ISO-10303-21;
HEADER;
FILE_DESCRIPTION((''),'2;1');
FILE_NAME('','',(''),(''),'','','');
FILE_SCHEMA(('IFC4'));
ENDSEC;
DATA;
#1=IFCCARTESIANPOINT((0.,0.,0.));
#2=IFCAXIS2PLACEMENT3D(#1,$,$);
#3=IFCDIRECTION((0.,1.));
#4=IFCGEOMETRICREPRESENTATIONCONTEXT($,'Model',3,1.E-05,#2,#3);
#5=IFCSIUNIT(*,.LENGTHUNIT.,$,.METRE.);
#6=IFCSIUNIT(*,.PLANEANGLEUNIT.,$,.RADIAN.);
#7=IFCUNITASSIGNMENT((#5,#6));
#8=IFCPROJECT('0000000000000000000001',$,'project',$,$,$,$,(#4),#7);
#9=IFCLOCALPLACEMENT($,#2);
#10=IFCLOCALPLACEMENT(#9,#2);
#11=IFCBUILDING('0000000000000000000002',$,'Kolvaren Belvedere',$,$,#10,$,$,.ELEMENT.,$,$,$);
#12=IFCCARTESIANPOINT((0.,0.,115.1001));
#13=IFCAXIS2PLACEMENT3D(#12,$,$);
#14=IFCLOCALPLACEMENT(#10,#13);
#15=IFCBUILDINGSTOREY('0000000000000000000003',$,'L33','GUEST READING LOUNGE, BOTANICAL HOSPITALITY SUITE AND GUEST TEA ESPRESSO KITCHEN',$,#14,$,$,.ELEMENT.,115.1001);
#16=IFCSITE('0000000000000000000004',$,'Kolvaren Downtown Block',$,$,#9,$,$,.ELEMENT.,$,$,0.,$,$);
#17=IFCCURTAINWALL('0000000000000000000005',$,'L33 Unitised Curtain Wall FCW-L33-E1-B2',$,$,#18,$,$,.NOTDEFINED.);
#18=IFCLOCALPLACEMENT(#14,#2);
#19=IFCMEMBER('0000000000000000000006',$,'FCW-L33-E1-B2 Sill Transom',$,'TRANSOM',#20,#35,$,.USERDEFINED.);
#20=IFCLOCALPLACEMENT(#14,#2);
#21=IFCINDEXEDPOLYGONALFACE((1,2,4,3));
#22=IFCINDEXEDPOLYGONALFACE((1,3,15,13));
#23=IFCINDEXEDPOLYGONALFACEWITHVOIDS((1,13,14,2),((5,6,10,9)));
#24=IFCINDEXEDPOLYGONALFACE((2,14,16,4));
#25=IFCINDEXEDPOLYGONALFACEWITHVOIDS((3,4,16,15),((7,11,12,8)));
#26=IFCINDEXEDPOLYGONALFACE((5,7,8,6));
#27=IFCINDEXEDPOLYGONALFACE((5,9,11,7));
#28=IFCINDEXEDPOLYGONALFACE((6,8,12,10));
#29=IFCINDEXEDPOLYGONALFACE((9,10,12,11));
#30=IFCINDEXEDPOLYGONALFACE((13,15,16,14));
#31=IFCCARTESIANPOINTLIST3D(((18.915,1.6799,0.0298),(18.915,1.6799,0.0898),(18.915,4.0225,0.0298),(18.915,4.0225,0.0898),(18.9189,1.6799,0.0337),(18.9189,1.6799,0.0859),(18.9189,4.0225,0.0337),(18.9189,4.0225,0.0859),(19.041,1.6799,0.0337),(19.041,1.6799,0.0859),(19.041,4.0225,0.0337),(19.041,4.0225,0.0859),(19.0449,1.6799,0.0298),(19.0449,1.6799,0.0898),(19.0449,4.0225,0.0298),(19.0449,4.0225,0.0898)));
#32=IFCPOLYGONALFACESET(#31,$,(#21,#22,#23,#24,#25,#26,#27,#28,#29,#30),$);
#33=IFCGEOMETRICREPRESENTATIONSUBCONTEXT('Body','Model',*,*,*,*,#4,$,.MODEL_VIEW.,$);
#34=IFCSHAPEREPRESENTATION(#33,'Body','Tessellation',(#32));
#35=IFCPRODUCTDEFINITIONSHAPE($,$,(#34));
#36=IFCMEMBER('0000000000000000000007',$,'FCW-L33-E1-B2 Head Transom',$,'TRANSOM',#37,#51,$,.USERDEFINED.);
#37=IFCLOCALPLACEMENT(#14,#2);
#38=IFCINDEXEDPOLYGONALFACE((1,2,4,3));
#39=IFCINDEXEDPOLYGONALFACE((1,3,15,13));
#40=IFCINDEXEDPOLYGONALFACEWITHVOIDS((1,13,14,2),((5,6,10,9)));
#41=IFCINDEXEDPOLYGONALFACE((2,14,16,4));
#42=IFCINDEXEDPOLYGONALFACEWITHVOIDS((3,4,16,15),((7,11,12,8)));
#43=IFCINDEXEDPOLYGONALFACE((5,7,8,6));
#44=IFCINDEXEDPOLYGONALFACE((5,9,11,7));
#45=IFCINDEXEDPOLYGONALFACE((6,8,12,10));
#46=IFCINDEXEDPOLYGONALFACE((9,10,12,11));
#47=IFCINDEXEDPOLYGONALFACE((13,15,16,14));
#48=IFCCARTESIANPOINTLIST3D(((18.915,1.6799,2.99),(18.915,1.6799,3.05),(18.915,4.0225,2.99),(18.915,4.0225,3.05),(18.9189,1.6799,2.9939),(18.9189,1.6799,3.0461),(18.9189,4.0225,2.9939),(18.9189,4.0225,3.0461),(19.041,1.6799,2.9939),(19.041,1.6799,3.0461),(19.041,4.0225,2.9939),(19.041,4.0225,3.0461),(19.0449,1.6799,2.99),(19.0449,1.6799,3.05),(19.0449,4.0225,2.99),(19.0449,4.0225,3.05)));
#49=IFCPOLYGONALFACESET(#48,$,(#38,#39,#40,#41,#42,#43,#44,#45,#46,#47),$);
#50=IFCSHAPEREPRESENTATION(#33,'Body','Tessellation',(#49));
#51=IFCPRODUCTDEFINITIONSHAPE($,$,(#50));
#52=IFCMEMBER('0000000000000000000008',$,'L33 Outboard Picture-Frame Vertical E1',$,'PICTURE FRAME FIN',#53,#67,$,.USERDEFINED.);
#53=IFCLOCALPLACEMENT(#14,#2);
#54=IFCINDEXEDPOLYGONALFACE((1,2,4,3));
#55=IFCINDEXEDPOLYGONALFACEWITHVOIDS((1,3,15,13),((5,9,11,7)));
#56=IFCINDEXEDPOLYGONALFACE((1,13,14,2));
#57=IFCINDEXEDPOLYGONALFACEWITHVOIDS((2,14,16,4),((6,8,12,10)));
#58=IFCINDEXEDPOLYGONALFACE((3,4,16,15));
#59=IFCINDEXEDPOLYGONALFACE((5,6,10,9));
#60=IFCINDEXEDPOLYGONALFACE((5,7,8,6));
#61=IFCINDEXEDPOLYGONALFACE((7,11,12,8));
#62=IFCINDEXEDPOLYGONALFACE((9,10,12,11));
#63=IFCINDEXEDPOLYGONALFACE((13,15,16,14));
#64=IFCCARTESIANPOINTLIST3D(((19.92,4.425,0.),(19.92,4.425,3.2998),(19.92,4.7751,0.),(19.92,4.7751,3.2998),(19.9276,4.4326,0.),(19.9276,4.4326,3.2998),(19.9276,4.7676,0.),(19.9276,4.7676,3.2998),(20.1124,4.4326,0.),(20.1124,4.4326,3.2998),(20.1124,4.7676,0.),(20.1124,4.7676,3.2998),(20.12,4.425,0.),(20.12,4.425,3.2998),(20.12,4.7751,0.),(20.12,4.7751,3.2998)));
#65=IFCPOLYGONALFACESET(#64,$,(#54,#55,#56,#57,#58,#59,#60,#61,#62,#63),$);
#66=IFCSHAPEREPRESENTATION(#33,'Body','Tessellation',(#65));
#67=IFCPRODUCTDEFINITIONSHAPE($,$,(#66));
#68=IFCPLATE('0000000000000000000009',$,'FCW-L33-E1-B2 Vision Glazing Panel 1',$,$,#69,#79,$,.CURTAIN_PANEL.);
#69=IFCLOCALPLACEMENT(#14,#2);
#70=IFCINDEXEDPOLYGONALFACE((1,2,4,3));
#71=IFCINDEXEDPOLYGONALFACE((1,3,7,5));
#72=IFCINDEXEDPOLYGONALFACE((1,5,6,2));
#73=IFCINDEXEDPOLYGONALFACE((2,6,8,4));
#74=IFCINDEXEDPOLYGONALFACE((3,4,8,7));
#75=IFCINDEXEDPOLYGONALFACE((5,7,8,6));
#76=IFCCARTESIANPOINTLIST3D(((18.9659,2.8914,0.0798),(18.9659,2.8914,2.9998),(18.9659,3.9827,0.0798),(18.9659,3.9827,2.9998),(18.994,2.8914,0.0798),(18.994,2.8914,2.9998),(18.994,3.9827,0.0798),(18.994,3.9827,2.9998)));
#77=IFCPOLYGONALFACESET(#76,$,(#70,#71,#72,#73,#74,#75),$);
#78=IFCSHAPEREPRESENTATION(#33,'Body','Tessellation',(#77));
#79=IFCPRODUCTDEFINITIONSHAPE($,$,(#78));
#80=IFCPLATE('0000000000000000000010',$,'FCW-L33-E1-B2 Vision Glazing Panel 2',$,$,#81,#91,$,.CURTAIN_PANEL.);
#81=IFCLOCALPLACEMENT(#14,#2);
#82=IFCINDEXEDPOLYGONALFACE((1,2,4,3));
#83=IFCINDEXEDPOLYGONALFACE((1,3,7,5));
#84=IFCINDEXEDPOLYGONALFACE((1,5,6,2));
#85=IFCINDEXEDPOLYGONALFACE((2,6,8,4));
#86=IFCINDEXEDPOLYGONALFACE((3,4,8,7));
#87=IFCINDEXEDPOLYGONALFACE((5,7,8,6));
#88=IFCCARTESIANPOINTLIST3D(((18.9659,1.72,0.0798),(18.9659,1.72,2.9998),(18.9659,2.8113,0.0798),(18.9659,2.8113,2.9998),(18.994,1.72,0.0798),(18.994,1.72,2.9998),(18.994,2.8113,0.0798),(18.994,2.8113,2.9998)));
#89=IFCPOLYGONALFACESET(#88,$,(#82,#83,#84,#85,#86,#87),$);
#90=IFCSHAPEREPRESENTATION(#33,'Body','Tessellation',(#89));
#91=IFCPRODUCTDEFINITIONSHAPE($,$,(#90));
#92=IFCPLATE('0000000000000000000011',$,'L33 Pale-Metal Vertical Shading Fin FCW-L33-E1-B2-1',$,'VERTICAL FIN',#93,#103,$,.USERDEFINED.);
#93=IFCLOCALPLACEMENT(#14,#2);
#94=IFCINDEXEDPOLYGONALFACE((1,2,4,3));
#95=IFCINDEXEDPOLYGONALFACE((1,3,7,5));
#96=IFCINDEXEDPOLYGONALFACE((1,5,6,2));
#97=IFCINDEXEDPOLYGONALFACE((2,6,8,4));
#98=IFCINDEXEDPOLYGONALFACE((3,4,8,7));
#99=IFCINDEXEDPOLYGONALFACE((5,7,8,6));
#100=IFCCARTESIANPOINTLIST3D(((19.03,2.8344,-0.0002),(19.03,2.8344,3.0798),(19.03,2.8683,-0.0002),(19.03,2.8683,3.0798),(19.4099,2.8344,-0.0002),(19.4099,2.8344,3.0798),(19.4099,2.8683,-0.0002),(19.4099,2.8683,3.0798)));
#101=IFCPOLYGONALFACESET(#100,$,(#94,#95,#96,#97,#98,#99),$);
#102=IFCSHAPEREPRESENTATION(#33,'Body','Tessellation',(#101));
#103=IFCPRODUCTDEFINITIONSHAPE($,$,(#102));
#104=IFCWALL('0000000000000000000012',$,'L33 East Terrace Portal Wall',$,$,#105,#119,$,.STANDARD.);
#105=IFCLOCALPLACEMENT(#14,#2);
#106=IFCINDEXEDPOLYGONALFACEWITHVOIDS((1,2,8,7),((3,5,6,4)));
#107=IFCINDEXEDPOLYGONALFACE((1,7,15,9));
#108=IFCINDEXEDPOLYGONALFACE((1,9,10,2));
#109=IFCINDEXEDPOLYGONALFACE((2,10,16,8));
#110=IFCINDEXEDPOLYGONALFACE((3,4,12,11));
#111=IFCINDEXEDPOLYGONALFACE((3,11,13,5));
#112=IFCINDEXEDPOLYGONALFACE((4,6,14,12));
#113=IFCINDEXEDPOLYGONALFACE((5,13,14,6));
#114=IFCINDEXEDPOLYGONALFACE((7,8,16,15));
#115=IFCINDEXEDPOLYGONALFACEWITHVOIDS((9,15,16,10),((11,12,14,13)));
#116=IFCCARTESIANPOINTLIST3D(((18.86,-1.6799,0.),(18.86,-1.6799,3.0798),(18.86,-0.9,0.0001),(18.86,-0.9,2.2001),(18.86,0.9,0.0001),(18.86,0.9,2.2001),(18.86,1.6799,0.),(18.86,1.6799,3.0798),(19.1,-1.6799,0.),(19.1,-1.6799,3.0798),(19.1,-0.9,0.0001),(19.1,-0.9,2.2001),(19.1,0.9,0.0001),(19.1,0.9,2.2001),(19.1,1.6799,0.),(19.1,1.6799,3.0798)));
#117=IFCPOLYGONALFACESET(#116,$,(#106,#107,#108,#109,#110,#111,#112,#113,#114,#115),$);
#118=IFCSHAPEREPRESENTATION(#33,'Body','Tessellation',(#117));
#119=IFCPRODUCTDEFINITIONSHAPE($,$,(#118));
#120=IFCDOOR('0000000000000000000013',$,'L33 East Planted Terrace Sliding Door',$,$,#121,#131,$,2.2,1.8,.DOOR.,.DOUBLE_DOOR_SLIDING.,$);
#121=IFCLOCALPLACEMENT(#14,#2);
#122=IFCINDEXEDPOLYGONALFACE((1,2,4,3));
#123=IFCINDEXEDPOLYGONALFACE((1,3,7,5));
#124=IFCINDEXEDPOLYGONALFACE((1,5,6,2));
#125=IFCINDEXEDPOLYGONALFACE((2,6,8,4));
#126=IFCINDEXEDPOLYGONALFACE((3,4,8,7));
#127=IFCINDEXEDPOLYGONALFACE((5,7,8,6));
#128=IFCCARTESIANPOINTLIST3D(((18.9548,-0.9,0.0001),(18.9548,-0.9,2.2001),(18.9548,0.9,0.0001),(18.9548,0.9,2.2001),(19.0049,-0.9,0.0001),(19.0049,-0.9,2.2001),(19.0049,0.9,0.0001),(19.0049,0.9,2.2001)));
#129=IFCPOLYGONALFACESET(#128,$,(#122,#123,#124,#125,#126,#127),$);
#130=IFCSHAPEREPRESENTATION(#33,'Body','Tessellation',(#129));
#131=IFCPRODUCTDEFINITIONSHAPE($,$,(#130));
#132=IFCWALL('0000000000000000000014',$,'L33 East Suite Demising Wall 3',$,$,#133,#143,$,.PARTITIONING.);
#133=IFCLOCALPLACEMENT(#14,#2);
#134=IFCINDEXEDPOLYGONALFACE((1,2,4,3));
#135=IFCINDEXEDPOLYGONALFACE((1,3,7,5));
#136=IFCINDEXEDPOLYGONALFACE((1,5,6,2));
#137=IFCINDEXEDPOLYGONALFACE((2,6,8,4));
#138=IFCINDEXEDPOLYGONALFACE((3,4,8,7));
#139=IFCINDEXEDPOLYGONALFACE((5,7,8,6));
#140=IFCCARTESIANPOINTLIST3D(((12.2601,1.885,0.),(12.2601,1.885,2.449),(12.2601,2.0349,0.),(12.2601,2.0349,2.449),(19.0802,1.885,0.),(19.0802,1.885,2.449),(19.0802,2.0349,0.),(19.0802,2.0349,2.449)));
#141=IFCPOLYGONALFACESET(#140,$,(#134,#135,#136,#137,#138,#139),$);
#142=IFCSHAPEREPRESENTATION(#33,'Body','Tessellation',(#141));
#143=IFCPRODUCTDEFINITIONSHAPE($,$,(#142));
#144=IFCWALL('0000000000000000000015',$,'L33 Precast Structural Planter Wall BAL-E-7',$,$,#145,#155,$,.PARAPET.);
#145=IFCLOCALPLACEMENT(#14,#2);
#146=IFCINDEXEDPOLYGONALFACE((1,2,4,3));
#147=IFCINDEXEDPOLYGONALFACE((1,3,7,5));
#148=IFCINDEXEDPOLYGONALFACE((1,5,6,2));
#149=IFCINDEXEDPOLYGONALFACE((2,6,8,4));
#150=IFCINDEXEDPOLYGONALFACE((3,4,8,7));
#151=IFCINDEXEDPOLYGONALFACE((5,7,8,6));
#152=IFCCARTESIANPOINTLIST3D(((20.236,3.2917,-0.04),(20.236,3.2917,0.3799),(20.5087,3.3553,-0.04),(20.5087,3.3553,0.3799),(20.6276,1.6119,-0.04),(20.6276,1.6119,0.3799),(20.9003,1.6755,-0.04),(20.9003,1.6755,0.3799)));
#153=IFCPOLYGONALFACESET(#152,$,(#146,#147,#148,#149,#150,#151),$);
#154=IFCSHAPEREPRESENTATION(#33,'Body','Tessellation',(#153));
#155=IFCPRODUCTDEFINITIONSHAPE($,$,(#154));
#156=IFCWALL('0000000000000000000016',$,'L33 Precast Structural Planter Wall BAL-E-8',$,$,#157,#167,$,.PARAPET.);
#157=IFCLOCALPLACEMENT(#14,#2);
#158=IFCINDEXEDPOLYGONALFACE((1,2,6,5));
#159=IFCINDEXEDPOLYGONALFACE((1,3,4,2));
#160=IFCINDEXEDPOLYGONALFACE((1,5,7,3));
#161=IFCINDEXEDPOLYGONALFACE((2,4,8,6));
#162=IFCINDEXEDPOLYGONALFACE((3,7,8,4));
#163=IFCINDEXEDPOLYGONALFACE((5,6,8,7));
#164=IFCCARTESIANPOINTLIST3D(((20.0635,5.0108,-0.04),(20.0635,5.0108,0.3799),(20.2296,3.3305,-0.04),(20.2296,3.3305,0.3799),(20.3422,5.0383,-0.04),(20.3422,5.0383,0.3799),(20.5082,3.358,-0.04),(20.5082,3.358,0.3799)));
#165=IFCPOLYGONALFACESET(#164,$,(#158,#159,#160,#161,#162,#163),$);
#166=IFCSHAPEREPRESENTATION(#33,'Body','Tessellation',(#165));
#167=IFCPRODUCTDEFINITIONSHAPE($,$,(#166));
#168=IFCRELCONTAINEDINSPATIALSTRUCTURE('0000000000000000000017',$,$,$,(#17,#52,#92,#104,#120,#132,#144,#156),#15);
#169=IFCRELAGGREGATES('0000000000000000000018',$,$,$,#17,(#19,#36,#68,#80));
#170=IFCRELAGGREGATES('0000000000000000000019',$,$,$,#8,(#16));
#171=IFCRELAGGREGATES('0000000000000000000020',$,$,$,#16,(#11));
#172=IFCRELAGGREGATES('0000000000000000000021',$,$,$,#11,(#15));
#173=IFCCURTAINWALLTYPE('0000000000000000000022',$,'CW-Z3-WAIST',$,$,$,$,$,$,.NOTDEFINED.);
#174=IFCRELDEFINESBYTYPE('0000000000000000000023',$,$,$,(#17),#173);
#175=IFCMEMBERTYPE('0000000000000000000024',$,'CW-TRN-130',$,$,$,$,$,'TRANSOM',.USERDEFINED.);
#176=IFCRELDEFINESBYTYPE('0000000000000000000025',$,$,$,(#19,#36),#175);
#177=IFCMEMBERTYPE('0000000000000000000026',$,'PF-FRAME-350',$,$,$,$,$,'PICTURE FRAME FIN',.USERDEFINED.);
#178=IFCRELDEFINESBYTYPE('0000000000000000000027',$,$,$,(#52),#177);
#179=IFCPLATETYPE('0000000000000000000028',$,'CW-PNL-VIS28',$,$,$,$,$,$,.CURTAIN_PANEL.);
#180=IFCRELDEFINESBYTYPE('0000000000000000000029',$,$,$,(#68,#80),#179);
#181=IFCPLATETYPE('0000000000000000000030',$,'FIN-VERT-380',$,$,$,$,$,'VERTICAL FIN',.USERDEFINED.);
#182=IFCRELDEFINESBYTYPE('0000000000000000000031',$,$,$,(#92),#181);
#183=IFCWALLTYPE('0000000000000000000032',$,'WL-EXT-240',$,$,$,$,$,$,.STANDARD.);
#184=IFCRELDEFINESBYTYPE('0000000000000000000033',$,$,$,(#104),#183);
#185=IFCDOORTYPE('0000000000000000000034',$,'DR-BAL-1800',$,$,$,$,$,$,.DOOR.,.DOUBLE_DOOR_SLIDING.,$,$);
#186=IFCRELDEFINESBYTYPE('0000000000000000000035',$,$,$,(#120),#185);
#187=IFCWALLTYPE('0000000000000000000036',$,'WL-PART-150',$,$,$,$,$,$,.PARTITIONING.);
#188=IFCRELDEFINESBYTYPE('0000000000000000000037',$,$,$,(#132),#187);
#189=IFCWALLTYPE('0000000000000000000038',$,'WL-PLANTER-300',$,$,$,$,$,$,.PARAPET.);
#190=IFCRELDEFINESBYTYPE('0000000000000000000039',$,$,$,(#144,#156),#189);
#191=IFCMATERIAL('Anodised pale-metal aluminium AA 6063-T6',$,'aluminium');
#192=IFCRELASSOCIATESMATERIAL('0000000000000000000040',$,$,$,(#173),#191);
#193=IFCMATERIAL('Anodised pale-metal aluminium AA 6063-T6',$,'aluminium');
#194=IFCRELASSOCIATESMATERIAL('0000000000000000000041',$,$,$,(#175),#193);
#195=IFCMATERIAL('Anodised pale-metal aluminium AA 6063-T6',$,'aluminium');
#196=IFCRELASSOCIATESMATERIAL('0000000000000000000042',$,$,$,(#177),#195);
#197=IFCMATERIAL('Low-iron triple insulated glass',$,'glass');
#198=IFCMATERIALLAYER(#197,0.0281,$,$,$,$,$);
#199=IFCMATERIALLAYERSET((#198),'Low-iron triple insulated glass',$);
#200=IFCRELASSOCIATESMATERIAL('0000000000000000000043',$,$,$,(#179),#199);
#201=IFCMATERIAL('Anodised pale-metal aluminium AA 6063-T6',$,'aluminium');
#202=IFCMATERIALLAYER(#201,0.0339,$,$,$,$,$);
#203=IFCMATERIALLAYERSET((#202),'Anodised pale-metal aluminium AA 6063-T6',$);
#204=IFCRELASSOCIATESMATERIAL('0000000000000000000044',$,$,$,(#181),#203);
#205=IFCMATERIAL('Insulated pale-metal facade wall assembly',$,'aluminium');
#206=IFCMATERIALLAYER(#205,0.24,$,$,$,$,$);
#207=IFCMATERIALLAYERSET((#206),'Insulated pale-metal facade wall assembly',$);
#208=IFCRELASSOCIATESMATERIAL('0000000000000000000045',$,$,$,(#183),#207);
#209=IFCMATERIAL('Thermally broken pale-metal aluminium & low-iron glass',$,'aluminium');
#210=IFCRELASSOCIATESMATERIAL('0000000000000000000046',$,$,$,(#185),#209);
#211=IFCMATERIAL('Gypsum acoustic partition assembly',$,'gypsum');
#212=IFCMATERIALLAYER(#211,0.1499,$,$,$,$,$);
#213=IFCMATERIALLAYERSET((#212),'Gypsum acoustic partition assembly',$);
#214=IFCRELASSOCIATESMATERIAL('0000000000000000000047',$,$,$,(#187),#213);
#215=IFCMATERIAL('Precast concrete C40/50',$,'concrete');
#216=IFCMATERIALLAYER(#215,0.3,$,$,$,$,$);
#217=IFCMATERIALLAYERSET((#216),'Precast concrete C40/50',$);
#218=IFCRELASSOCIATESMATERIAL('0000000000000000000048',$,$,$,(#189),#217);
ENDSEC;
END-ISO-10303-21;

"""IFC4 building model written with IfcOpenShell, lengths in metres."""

from ifc_helpers import new_model, si_unit, direction, frame, frame_2d, origin, origin_2d, place, context, subcontext, project, spatial, rectangle, hollow_rectangle, extrude, material, layer, layer_set, material_profile, profile_set, type_object, element, fill, aggregate, save


model = new_model("IFC4")

# Units and contexts
model_context = context("Model", 3, precision=1e-05, world=origin(), true_north=direction((0.0, 1.0)))
body_context = subcontext(model_context, "Body", "Model", "MODEL_VIEW")
ifc_project = project(units=[si_unit("LENGTHUNIT", "METRE"), si_unit("PLANEANGLEUNIT", "RADIAN")], contexts=[model_context])

# Site, building, storey
site_placement = place(None, origin())
site = spatial("IfcSite", under=ifc_project, at=site_placement, Name="Kolvaren Downtown Block", CompositionType="ELEMENT", RefElevation=0.0)
building_placement = place(site_placement, origin())
building = spatial("IfcBuilding", under=site, at=building_placement, Name="Kolvaren Belvedere", CompositionType="ELEMENT")
storey_placement = place(building_placement, frame((0.0, 0.0, 115.1001)))
storey = spatial("IfcBuildingStorey", under=building, at=storey_placement, Name="L33", Description="GUEST READING LOUNGE, BOTANICAL HOSPITALITY SUITE AND GUEST TEA ESPRESSO KITCHEN", CompositionType="ELEMENT", Elevation=115.1001)

# Shared definitions
ifc_material_1 = material(Name="Anodised pale-metal aluminium AA 6063-T6", Category="aluminium")
curtain_wall_type = type_object("IfcCurtainWallType", Name="CW-Z3-WAIST", PredefinedType="NOTDEFINED", material=ifc_material_1)

# Curtain wall, members
curtain_wall_1_placement = place(storey_placement, origin())
curtain_wall_1 = element("IfcCurtainWall", 1, at=curtain_wall_1_placement, inside=storey, type_object=curtain_wall_type, Name="L33 Unitised Curtain Wall FCW-L33-E1-B2", PredefinedType="NOTDEFINED")
ifc_material_2 = material(Name="Anodised pale-metal aluminium AA 6063-T6", Category="aluminium")
ifc_material_profile_1 = material_profile(ifc_material_2, hollow_rectangle(XDim=0.0601, YDim=0.1299, WallThickness=0.0039, at=origin_2d()), Name="ALU-TRN-130X60")
ifc_profile_set_1 = profile_set([ifc_material_profile_1], Name="Anodised pale-metal aluminium AA 6063-T6")
member_type_1 = type_object("IfcMemberType", Name="CW-TRN-130", ElementType="TRANSOM", PredefinedType="USERDEFINED", material=ifc_profile_set_1)
member_1_placement = place(storey_placement, frame((18.98, 4.0225, 0.0598), z_axis=(0.0, -1.0, 0.0), x_axis=(0.0, 0.0, 1.0)))
member_1 = element("IfcMember", 2, at=member_1_placement, type_object=member_type_1, Name="FCW-L33-E1-B2 Sill Transom", ObjectType="TRANSOM", PredefinedType="USERDEFINED", context=body_context, shape_type="SweptSolid", body=[
    extrude(hollow_rectangle(XDim=0.0601, YDim=0.1299, WallThickness=0.0039, at=origin_2d()), origin(), (0.0, 0.0, 1.0), 2.3425),
])
member_2_placement = place(storey_placement, frame((18.98, 4.0225, 3.02), z_axis=(0.0, -1.0, 0.0), x_axis=(0.0, 0.0, 1.0)))
member_2 = element("IfcMember", 3, at=member_2_placement, type_object=member_type_1, Name="FCW-L33-E1-B2 Head Transom", ObjectType="TRANSOM", PredefinedType="USERDEFINED", context=body_context, shape_type="SweptSolid", body=[
    extrude(hollow_rectangle(XDim=0.0601, YDim=0.1299, WallThickness=0.0039, at=origin_2d()), origin(), (0.0, 0.0, 1.0), 2.3425),
])

# Member
ifc_material_3 = material(Name="Anodised pale-metal aluminium AA 6063-T6", Category="aluminium")
ifc_material_profile_2 = material_profile(ifc_material_3, hollow_rectangle(XDim=0.2, YDim=0.3501, WallThickness=0.0076, at=origin_2d()), Name="ALU-PF-350X200")
ifc_profile_set_2 = profile_set([ifc_material_profile_2], Name="Anodised pale-metal aluminium AA 6063-T6")
member_type_2 = type_object("IfcMemberType", Name="PF-FRAME-350", ElementType="PICTURE FRAME FIN", PredefinedType="USERDEFINED", material=ifc_profile_set_2)
member_3_placement = place(storey_placement, frame((20.02, 4.6001, 0.0), z_axis=(0.0, 0.0, 1.0), x_axis=(1.0, 0.0, 0.0)))
element("IfcMember", 4, at=member_3_placement, inside=storey, type_object=member_type_2, Name="L33 Outboard Picture-Frame Vertical E1", ObjectType="PICTURE FRAME FIN", PredefinedType="USERDEFINED", context=body_context, shape_type="SweptSolid", body=[
    extrude(hollow_rectangle(XDim=0.2, YDim=0.3501, WallThickness=0.0076, at=origin_2d()), origin(), (0.0, 0.0, 1.0), 3.2998),
])

# Plates
ifc_material_4 = material(Name="Low-iron triple insulated glass", Category="glass")
ifc_layer_1 = layer(ifc_material_4, 0.0281)
ifc_layer_set_1 = layer_set([ifc_layer_1], Name="Low-iron triple insulated glass")
plate_type_1 = type_object("IfcPlateType", Name="CW-PNL-VIS28", PredefinedType="CURTAIN_PANEL", material=ifc_layer_set_1)
plate_1_placement = place(storey_placement, frame((18.98, 3.437, 0.0798), z_axis=(0.0, 0.0, 1.0), x_axis=(0.0, -1.0, 0.0)))
plate_1 = element("IfcPlate", 5, at=plate_1_placement, type_object=plate_type_1, Name="FCW-L33-E1-B2 Vision Glazing Panel 1", PredefinedType="CURTAIN_PANEL", context=body_context, shape_type="SweptSolid", body=[
    extrude(rectangle(XDim=1.0913, YDim=0.0281, at=origin_2d()), origin(), (0.0, 0.0, 1.0), 2.9199),
])
plate_2_placement = place(storey_placement, frame((18.98, 2.2656, 0.0798), z_axis=(0.0, 0.0, 1.0), x_axis=(0.0, -1.0, 0.0)))
plate_2 = element("IfcPlate", 6, at=plate_2_placement, type_object=plate_type_1, Name="FCW-L33-E1-B2 Vision Glazing Panel 2", PredefinedType="CURTAIN_PANEL", context=body_context, shape_type="SweptSolid", body=[
    extrude(rectangle(XDim=1.0913, YDim=0.0281, at=origin_2d()), origin(), (0.0, 0.0, 1.0), 2.9199),
])
aggregate(curtain_wall_1, [member_1, member_2, plate_1, plate_2])
ifc_material_5 = material(Name="Anodised pale-metal aluminium AA 6063-T6", Category="aluminium")
ifc_layer_2 = layer(ifc_material_5, 0.0339)
ifc_layer_set_2 = layer_set([ifc_layer_2], Name="Anodised pale-metal aluminium AA 6063-T6")
plate_type_2 = type_object("IfcPlateType", Name="FIN-VERT-380", ElementType="VERTICAL FIN", PredefinedType="USERDEFINED", material=ifc_layer_set_2)
plate_3_placement = place(storey_placement, frame((19.22, 2.8513, -0.0002), z_axis=(0.0, 0.0, 1.0), x_axis=(1.0, 0.0, 0.0)))
element("IfcPlate", 7, at=plate_3_placement, inside=storey, type_object=plate_type_2, Name="L33 Pale-Metal Vertical Shading Fin FCW-L33-E1-B2-1", ObjectType="VERTICAL FIN", PredefinedType="USERDEFINED", context=body_context, shape_type="SweptSolid", body=[
    extrude(rectangle(XDim=0.3799, YDim=0.0339, at=origin_2d()), origin(), (0.0, 0.0, 1.0), 3.0801),
])

# Wall, opening, door
ifc_material_6 = material(Name="Insulated pale-metal facade wall assembly", Category="aluminium")
ifc_layer_3 = layer(ifc_material_6, 0.24)
ifc_layer_set_3 = layer_set([ifc_layer_3], Name="Insulated pale-metal facade wall assembly")
wall_type_1 = type_object("IfcWallType", Name="WL-EXT-240", PredefinedType="STANDARD", material=ifc_layer_set_3)
wall_1_placement = place(storey_placement, frame((18.98, 1.6799, 0.0), z_axis=(0.0, 0.0, 1.0), x_axis=(0.0, -1.0, 0.0)))
wall_1 = element("IfcWall", 8, at=wall_1_placement, inside=storey, type_object=wall_type_1, Name="L33 East Terrace Portal Wall", PredefinedType="STANDARD", context=body_context, shape_type="SweptSolid", body=[
    extrude(rectangle(XDim=3.3599, YDim=0.24, at=frame_2d((1.6799, 0.0))), origin(), (0.0, 0.0, 1.0), 3.0798),
])
opening_1_placement = place(wall_1_placement, frame((0.78, 0.0, 0.0)))
opening_1 = element("IfcOpeningElement", 9, at=opening_1_placement, cuts=wall_1, PredefinedType="OPENING", context=body_context, shape_type="SweptSolid", body=[
    extrude(rectangle(XDim=1.8, YDim=2.2, at=frame_2d((0.8999, 1.1001))), frame((0.0, 0.1299, 0.0), z_axis=(0.0, -1.0, 0.0), x_axis=(1.0, 0.0, 0.0)), (0.0, 0.0, 1.0), 0.26),
])
ifc_material_7 = material(Name="Thermally broken pale-metal aluminium & low-iron glass", Category="aluminium")
door_type_1 = type_object("IfcDoorType", Name="DR-BAL-1800", OperationType="DOUBLE_DOOR_SLIDING", PredefinedType="DOOR", material=ifc_material_7)
door_1_placement = place(opening_1_placement, origin())
door_1 = element("IfcDoor", 10, at=door_1_placement, inside=storey, type_object=door_type_1, Name="L33 East Planted Terrace Sliding Door", OperationType="DOUBLE_DOOR_SLIDING", OverallHeight=2.2, OverallWidth=1.8, PredefinedType="DOOR", context=body_context, shape_type="SweptSolid", body=[
    extrude(rectangle(XDim=1.8, YDim=2.2, at=frame_2d((0.8999, 1.1001))), frame((0.0, 0.0249, 0.0), z_axis=(0.0, -1.0, 0.0), x_axis=(1.0, 0.0, 0.0)), (0.0, 0.0, 1.0), 0.05),
])
fill(opening_1, door_1)

# Walls
ifc_material_8 = material(Name="Gypsum acoustic partition assembly", Category="gypsum")
ifc_layer_4 = layer(ifc_material_8, 0.1499)
ifc_layer_set_4 = layer_set([ifc_layer_4], Name="Gypsum acoustic partition assembly")
wall_type_2 = type_object("IfcWallType", Name="WL-PART-150", PredefinedType="PARTITIONING", material=ifc_layer_set_4)
wall_2_placement = place(storey_placement, frame((12.26, 1.96, 0.0), z_axis=(0.0, 0.0, 1.0), x_axis=(1.0, 0.0, 0.0)))
element("IfcWall", 11, at=wall_2_placement, inside=storey, type_object=wall_type_2, Name="L33 East Suite Demising Wall 3", PredefinedType="PARTITIONING", context=body_context, shape_type="SweptSolid", body=[
    extrude(rectangle(XDim=6.8201, YDim=0.1499, at=frame_2d((3.4102, 0.0))), origin(), (0.0, 0.0, 1.0), 2.449),
])
ifc_material_9 = material(Name="Precast concrete C40/50", Category="concrete")
ifc_layer_5 = layer(ifc_material_9, 0.3)
ifc_layer_set_5 = layer_set([ifc_layer_5], Name="Precast concrete C40/50")
wall_type_3 = type_object("IfcWallType", Name="WL-PLANTER-300", PredefinedType="PARAPET", material=ifc_layer_set_5)
wall_3_placement = place(storey_placement, frame((20.7639, 1.6438, -0.04), z_axis=(0.0, 0.0, 1.0), x_axis=(-0.227019, 0.97389, 0.0)))
element("IfcWall", 12, at=wall_3_placement, inside=storey, type_object=wall_type_3, Name="L33 Precast Structural Planter Wall BAL-E-7", PredefinedType="PARAPET", context=body_context, shape_type="SweptSolid", body=[
    extrude(rectangle(XDim=1.7249, YDim=0.28, at=frame_2d((0.8623, 0.0))), origin(), (0.0, 0.0, 1.0), 0.4199),
])
wall_4_placement = place(storey_placement, frame((20.3689, 3.3442, -0.04), z_axis=(0.0, 0.0, 1.0), x_axis=(-0.09833, 0.995154, 0.0)))
element("IfcWall", 13, at=wall_4_placement, inside=storey, type_object=wall_type_3, Name="L33 Precast Structural Planter Wall BAL-E-8", PredefinedType="PARAPET", context=body_context, shape_type="SweptSolid", body=[
    extrude(rectangle(XDim=1.6885, YDim=0.28, at=frame_2d((0.8442, 0.0))), origin(), (0.0, 0.0, 1.0), 0.4199),
])

save(model, "model.ifc")
